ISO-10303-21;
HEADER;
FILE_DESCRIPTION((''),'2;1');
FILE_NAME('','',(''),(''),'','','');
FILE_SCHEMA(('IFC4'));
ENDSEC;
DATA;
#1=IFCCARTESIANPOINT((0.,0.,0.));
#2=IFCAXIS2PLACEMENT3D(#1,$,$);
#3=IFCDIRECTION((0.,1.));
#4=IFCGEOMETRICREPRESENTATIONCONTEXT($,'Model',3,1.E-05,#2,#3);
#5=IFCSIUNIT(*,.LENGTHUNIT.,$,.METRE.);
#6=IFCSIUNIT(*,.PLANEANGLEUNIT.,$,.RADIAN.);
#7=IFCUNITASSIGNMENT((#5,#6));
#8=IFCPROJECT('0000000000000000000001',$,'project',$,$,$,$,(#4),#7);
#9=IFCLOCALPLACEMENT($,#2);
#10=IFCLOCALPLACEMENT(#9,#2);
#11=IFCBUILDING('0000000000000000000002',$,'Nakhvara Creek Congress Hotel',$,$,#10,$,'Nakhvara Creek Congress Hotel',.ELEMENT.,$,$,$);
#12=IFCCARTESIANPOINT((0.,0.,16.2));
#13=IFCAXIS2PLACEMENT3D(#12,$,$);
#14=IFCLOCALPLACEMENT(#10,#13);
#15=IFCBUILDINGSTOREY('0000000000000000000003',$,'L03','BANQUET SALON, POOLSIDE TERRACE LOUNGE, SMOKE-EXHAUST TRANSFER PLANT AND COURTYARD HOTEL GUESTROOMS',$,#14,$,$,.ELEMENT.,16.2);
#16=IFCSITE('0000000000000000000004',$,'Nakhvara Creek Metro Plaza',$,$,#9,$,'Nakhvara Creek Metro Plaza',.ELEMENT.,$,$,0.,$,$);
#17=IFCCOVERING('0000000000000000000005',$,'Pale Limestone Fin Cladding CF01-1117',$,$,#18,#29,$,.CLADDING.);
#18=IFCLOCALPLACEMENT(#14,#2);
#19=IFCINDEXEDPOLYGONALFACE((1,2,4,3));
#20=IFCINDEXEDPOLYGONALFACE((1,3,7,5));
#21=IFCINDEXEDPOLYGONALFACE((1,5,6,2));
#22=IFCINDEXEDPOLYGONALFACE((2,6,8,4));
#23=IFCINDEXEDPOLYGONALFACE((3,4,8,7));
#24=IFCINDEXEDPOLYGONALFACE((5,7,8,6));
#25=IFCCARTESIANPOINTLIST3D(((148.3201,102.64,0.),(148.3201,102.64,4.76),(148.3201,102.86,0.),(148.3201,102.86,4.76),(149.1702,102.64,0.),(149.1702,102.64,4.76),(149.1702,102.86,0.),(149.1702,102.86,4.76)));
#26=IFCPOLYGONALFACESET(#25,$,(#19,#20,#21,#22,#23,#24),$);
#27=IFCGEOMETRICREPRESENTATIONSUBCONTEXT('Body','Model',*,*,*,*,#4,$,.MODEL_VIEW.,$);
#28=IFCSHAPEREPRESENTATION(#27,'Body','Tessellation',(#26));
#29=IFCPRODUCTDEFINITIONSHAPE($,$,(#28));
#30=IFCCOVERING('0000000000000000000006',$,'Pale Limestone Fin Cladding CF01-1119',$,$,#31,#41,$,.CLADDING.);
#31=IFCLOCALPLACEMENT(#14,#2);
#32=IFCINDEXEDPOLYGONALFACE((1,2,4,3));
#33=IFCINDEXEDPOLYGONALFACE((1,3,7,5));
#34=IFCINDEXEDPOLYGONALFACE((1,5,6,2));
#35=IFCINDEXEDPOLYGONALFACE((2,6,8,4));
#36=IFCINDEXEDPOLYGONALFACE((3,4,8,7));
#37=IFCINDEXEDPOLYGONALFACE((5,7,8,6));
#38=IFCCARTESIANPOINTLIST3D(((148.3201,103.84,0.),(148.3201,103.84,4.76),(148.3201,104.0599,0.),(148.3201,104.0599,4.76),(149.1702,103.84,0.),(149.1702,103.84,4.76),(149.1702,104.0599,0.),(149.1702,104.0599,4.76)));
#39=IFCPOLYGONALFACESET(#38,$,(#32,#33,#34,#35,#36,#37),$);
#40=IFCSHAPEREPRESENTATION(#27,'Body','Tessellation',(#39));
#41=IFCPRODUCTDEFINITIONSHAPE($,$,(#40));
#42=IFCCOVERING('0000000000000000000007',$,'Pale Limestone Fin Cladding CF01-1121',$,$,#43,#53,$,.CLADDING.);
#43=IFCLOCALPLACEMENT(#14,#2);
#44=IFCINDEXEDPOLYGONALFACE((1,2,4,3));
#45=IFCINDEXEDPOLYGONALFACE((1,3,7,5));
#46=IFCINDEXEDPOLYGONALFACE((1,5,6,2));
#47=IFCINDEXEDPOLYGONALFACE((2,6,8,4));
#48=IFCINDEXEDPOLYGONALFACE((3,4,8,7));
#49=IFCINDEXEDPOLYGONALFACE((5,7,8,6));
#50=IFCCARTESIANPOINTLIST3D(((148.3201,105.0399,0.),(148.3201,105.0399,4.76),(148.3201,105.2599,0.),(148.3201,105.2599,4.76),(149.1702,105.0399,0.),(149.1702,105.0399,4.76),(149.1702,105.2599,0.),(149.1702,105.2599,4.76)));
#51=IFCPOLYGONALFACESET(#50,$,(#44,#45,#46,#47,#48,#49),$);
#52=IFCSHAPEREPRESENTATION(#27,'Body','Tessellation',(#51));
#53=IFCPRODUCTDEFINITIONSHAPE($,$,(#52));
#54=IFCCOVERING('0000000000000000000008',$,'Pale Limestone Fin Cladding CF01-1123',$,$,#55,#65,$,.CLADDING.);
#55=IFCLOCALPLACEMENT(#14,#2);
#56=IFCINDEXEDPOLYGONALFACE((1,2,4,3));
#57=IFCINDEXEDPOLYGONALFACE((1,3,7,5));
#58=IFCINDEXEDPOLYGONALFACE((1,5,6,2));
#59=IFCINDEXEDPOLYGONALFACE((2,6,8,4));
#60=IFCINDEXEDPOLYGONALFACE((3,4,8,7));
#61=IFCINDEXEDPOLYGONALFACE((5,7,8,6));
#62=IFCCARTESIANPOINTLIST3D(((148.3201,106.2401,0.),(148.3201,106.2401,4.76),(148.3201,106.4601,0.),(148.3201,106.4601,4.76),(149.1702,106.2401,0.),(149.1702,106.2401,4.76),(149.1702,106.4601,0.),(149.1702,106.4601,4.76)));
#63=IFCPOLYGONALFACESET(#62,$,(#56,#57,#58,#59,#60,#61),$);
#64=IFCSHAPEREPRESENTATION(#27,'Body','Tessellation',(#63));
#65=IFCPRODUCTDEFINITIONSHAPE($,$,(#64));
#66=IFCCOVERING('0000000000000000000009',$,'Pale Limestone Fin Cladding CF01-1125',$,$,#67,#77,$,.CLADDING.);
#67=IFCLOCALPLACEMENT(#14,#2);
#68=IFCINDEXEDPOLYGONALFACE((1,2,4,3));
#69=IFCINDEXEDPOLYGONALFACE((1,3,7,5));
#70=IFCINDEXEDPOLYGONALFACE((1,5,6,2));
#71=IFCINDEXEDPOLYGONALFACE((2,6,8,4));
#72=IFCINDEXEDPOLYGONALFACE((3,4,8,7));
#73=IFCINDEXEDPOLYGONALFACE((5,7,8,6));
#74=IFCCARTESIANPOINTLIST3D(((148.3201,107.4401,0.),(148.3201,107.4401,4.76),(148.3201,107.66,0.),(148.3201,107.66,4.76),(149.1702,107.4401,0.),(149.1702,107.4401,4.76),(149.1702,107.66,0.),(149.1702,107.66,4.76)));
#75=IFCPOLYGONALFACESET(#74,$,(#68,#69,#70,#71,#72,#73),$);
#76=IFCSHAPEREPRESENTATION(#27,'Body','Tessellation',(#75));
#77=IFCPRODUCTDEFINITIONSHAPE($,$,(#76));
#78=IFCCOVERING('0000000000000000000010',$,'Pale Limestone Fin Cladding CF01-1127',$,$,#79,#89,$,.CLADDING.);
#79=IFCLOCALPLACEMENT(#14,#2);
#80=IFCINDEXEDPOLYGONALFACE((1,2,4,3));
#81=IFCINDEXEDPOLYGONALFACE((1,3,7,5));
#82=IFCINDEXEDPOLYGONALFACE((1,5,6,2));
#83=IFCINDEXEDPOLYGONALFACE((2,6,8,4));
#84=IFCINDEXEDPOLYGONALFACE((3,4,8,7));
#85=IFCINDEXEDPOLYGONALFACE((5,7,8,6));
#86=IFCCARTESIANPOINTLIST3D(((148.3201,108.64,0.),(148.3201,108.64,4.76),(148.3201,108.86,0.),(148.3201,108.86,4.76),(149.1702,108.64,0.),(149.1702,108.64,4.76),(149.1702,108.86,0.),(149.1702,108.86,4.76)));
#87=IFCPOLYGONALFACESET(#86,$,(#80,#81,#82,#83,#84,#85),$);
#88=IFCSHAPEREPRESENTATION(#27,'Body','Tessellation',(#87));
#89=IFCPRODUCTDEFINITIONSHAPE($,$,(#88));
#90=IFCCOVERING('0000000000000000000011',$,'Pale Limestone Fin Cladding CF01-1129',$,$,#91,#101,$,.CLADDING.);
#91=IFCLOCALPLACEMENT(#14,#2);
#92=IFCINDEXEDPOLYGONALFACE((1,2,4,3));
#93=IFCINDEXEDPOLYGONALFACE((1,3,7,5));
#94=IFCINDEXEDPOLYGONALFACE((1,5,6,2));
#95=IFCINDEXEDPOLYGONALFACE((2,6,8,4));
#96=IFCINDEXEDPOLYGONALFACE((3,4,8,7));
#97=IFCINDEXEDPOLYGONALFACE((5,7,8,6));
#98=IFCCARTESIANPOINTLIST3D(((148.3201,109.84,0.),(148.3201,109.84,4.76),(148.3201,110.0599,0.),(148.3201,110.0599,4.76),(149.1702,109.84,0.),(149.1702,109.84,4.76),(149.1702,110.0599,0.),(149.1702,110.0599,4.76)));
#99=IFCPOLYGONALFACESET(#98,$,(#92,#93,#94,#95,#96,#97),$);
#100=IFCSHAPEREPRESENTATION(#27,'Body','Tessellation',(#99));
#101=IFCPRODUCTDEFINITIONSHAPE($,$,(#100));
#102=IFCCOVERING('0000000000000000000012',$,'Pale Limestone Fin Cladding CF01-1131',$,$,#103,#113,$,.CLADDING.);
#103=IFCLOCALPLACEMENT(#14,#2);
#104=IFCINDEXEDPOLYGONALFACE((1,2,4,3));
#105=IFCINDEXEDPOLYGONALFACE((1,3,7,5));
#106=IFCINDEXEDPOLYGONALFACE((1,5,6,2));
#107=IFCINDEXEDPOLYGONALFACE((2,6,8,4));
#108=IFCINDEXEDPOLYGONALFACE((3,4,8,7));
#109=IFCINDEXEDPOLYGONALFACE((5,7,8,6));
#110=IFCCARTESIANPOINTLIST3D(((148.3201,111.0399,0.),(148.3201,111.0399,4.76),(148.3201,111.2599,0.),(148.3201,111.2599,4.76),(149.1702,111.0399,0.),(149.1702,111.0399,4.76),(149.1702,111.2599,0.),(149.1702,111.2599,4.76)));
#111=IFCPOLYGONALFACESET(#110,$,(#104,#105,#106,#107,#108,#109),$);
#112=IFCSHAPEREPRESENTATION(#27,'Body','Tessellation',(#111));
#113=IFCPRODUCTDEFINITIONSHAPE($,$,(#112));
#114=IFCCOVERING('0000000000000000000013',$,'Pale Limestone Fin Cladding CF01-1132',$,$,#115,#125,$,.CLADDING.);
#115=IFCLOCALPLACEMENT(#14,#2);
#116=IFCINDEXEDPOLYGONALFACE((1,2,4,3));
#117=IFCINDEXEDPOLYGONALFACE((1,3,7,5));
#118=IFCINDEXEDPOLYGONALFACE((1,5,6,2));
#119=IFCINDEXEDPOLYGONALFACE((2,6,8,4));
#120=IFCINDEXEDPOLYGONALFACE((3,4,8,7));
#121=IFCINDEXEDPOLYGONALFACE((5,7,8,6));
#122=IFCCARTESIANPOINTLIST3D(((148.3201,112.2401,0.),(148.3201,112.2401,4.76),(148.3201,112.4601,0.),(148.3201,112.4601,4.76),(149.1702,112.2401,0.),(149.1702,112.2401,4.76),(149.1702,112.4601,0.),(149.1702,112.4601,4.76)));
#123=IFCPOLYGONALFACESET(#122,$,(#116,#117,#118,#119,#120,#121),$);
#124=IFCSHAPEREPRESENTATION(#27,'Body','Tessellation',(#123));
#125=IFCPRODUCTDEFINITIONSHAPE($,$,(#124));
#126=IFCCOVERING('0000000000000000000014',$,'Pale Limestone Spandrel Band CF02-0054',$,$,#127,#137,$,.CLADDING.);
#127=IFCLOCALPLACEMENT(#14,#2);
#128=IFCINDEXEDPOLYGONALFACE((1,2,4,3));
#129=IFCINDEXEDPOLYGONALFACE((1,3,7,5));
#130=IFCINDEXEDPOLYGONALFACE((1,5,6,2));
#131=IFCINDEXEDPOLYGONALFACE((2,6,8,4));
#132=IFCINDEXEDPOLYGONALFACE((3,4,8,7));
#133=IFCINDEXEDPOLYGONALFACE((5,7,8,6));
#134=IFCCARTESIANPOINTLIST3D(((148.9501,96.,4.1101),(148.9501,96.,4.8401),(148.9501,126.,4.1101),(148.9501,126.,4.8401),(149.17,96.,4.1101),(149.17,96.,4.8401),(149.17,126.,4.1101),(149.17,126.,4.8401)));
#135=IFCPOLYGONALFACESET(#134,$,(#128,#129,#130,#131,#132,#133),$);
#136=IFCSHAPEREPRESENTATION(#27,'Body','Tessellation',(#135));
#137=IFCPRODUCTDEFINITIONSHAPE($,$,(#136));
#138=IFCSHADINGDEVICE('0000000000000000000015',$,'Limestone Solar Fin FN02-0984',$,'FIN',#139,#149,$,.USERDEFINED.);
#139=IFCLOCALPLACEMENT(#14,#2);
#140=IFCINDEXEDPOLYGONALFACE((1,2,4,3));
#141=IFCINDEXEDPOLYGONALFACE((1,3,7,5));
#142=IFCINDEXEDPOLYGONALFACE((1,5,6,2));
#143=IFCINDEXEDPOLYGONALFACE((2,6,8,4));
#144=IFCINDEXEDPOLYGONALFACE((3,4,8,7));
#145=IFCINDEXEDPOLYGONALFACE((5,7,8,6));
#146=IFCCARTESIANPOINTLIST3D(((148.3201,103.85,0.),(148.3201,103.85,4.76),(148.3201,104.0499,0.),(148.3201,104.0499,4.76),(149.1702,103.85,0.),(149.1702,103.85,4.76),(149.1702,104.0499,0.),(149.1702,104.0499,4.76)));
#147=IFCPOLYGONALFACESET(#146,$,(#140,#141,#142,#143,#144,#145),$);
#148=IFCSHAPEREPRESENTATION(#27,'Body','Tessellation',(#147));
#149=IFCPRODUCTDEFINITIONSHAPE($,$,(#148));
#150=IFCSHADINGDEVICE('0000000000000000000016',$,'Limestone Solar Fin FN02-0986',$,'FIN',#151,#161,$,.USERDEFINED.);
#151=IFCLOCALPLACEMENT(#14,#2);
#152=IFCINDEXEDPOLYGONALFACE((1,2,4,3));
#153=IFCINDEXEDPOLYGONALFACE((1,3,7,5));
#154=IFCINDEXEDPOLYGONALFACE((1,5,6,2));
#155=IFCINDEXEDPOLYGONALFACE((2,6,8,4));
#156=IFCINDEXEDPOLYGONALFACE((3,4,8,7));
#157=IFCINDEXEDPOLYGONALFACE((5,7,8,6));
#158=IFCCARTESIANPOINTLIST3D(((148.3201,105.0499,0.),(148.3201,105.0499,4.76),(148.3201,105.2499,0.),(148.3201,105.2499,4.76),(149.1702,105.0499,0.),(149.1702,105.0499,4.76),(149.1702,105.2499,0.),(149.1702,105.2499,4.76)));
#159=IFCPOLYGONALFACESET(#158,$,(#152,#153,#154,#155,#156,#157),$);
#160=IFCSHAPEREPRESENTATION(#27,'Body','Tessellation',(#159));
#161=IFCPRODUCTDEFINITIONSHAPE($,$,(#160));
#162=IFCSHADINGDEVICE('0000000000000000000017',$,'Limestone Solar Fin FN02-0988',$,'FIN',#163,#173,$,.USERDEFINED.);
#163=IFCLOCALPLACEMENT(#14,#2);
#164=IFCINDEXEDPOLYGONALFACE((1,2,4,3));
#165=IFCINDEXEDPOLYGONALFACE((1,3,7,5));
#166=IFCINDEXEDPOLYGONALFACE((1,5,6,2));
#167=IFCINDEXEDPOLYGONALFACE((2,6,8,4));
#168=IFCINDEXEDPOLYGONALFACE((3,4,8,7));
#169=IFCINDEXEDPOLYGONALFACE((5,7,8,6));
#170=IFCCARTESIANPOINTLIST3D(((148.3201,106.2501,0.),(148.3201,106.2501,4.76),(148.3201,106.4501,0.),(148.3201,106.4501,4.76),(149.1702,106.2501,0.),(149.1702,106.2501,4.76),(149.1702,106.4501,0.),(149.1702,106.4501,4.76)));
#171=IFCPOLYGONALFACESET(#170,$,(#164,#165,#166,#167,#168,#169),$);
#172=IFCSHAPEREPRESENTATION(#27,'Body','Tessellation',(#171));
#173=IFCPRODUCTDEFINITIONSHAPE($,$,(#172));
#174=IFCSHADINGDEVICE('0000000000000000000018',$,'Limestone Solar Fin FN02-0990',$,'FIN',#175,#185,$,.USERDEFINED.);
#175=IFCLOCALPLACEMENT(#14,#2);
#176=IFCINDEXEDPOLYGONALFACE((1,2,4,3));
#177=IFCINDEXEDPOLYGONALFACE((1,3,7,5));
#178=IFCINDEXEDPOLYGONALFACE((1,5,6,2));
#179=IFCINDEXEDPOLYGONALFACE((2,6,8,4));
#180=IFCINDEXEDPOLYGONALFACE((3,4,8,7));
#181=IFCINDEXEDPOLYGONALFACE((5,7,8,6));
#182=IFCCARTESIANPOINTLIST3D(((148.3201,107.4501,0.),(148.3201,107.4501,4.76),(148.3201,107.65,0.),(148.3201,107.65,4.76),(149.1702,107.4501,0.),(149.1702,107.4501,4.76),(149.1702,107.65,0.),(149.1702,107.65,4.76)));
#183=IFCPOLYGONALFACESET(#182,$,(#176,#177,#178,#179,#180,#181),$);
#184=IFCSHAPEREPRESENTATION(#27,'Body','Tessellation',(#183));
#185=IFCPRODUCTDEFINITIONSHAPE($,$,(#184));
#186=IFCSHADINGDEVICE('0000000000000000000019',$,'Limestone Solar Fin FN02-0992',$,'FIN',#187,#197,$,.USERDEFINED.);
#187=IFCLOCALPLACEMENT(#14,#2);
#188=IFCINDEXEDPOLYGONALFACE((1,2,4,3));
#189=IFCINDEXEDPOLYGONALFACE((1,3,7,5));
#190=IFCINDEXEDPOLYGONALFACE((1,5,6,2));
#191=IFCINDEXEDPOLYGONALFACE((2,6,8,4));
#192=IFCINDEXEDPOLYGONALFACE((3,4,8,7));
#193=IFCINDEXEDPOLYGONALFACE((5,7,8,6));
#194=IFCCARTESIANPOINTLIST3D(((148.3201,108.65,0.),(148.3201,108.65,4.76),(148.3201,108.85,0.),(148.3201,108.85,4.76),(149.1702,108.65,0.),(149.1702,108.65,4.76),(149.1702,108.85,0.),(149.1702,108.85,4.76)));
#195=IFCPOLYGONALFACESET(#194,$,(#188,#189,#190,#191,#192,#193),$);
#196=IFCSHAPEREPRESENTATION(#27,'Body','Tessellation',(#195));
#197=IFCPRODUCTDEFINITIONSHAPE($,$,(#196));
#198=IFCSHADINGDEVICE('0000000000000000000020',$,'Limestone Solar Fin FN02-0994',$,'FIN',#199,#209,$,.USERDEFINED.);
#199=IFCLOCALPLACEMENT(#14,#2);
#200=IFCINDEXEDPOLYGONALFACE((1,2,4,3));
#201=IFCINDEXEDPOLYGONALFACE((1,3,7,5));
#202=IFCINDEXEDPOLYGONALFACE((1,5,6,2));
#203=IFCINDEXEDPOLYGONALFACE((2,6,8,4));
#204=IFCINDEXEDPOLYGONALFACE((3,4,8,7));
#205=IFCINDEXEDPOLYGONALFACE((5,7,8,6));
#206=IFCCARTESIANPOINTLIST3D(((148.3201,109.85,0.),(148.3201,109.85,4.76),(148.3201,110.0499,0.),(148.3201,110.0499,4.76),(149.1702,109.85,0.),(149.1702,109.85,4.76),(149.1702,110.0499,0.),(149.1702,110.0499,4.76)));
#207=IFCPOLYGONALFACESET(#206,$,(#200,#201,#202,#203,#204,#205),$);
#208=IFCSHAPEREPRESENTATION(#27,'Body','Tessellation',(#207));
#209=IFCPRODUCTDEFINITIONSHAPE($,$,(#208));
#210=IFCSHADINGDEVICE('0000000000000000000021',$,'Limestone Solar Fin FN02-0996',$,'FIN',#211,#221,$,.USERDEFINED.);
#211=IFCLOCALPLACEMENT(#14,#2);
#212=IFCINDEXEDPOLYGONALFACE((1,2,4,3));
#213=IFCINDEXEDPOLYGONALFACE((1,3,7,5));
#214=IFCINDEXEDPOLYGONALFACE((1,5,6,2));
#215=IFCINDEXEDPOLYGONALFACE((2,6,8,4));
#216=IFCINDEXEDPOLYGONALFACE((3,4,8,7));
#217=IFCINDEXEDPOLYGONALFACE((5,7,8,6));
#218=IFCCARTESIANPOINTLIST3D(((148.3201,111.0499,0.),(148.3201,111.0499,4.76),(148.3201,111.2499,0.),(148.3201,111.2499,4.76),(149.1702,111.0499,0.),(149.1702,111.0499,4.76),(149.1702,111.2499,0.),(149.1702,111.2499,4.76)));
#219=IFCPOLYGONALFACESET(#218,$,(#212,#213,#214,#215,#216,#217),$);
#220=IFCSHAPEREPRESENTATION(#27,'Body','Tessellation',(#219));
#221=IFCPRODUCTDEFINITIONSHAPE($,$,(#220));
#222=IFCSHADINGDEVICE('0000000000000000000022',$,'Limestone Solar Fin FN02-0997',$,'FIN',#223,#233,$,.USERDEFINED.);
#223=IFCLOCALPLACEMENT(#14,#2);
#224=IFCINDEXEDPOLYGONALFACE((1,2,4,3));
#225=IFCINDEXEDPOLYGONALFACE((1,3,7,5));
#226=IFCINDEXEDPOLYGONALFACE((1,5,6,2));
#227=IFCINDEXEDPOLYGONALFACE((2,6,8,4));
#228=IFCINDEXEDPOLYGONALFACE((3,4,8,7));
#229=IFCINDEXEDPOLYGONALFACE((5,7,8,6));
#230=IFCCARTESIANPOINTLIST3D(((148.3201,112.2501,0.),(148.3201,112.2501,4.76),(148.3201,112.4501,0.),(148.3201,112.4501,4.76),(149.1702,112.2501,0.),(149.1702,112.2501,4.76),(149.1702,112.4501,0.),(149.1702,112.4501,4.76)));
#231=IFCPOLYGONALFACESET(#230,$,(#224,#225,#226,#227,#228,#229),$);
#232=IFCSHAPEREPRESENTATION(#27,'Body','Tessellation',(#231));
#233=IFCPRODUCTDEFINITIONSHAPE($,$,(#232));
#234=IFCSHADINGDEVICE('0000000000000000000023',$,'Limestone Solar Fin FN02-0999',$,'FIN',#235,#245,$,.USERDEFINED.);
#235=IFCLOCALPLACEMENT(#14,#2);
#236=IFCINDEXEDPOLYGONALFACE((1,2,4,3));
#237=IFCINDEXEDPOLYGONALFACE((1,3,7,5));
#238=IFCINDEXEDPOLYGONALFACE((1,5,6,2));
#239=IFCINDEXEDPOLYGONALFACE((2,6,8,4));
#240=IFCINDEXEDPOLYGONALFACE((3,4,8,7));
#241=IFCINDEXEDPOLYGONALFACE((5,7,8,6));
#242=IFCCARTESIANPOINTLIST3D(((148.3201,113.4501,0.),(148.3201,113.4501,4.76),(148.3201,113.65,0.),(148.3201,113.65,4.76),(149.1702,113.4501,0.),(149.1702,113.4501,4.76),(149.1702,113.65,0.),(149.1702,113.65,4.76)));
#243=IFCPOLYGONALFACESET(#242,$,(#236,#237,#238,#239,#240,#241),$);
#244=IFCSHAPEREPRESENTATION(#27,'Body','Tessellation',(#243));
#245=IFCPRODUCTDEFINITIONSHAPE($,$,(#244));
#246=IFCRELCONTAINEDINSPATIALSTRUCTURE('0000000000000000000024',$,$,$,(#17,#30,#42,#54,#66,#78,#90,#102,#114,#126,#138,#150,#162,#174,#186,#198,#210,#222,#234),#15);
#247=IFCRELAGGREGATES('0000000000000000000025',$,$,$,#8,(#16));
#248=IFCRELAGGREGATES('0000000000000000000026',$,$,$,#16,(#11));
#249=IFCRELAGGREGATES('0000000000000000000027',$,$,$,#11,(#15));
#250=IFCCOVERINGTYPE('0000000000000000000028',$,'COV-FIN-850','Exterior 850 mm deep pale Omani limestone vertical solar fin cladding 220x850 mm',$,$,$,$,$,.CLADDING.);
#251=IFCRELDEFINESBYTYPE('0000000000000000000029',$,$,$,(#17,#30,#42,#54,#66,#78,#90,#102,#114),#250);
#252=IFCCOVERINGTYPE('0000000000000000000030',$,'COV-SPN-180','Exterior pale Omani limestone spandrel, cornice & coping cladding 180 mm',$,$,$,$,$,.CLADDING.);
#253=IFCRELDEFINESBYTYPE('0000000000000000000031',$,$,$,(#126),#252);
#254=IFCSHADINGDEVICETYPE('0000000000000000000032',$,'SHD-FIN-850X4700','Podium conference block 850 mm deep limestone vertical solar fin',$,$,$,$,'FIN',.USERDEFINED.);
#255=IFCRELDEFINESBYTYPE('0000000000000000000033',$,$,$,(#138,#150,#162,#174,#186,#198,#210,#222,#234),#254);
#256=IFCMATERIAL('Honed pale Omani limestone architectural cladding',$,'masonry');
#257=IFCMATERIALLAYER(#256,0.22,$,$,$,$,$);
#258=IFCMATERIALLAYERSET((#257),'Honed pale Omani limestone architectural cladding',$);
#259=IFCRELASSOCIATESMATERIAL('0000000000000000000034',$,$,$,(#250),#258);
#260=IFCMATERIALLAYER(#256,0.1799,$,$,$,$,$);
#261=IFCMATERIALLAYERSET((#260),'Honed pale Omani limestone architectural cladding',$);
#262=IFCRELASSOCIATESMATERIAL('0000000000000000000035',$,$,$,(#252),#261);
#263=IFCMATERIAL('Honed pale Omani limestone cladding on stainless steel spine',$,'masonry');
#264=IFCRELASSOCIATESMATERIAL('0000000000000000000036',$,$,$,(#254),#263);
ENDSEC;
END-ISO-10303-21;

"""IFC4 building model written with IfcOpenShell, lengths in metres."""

from ifc_helpers import new_model, si_unit, direction, frame, origin, origin_2d, place, context, subcontext, project, spatial, rectangle, extrude, material, layer, layer_set, type_object, element, save


model = new_model("IFC4")

# Units and contexts
model_context = context("Model", 3, precision=1e-05, world=origin(), true_north=direction((0.0, 1.0)))
body_context = subcontext(model_context, "Body", "Model", "MODEL_VIEW")
ifc_project = project(units=[si_unit("LENGTHUNIT", "METRE"), si_unit("PLANEANGLEUNIT", "RADIAN")], contexts=[model_context])

# Site, building, storey
site_placement = place(None, origin())
site = spatial("IfcSite", under=ifc_project, at=site_placement, Name="Nakhvara Creek Metro Plaza", LongName="Nakhvara Creek Metro Plaza", CompositionType="ELEMENT", RefElevation=0.0)
building_placement = place(site_placement, origin())
building = spatial("IfcBuilding", under=site, at=building_placement, Name="Nakhvara Creek Congress Hotel", LongName="Nakhvara Creek Congress Hotel", CompositionType="ELEMENT")
storey_placement = place(building_placement, frame((0.0, 0.0, 16.2)))
storey = spatial("IfcBuildingStorey", under=building, at=storey_placement, Name="L03", Description="BANQUET SALON, POOLSIDE TERRACE LOUNGE, SMOKE-EXHAUST TRANSFER PLANT AND COURTYARD HOTEL GUESTROOMS", CompositionType="ELEMENT", Elevation=16.2)

# Coverings
ifc_material_1 = material(Name="Honed pale Omani limestone architectural cladding", Category="masonry")
ifc_layer_1 = layer(ifc_material_1, 0.22)
ifc_layer_set_1 = layer_set([ifc_layer_1], Name="Honed pale Omani limestone architectural cladding")
covering_type_1 = type_object("IfcCoveringType", Name="COV-FIN-850", Description="Exterior 850 mm deep pale Omani limestone vertical solar fin cladding 220x850 mm", PredefinedType="CLADDING", material=ifc_layer_set_1)
for number, where, z_axis, x_axis, name in (
    (1, (148.7451, 102.75, 0.0), (0.0, 0.0, 1.0), (0.0, 1.0, 0.0), "Pale Limestone Fin Cladding CF01-1117"),
    (2, (148.7451, 103.95, 0.0), (0.0, 0.0, 1.0), (0.0, 1.0, 0.0), "Pale Limestone Fin Cladding CF01-1119"),
    (3, (148.7451, 105.1499, 0.0), (0.0, 0.0, 1.0), (0.0, 1.0, 0.0), "Pale Limestone Fin Cladding CF01-1121"),
    (4, (148.7451, 106.3501, 0.0), (0.0, 0.0, 1.0), (0.0, 1.0, 0.0), "Pale Limestone Fin Cladding CF01-1123"),
    (5, (148.7451, 107.55, 0.0), (0.0, 0.0, 1.0), (0.0, 1.0, 0.0), "Pale Limestone Fin Cladding CF01-1125"),
    (6, (148.7451, 108.75, 0.0), (0.0, 0.0, 1.0), (0.0, 1.0, 0.0), "Pale Limestone Fin Cladding CF01-1127"),
    (7, (148.7451, 109.95, 0.0), (0.0, 0.0, 1.0), (0.0, 1.0, 0.0), "Pale Limestone Fin Cladding CF01-1129"),
    (8, (148.7451, 111.1499, 0.0), (0.0, 0.0, 1.0), (0.0, 1.0, 0.0), "Pale Limestone Fin Cladding CF01-1131"),
    (9, (148.7451, 112.3501, 0.0), (0.0, 0.0, 1.0), (0.0, 1.0, 0.0), "Pale Limestone Fin Cladding CF01-1132"),
):
    element("IfcCovering", number, at=place(storey_placement, frame(where, z_axis=z_axis, x_axis=x_axis)), inside=storey, type_object=covering_type_1, Name=name, PredefinedType="CLADDING", context=body_context, shape_type="SweptSolid", body=[
        extrude(rectangle(XDim=0.22, YDim=0.8501, at=origin_2d()), origin(), (0.0, 0.0, 1.0), 4.76),
    ])
ifc_layer_2 = layer(ifc_material_1, 0.1799)
ifc_layer_set_2 = layer_set([ifc_layer_2], Name="Honed pale Omani limestone architectural cladding")
covering_type_2 = type_object("IfcCoveringType", Name="COV-SPN-180", Description="Exterior pale Omani limestone spandrel, cornice & coping cladding 180 mm", PredefinedType="CLADDING", material=ifc_layer_set_2)
covering_placement = place(storey_placement, frame((149.0601, 111.0, 4.1101), z_axis=(0.0, 0.0, 1.0), x_axis=(0.0, 1.0, 0.0)))
element("IfcCovering", 10, at=covering_placement, inside=storey, type_object=covering_type_2, Name="Pale Limestone Spandrel Band CF02-0054", PredefinedType="CLADDING", context=body_context, shape_type="SweptSolid", body=[
    extrude(rectangle(XDim=30.0, YDim=0.22, at=origin_2d()), origin(), (0.0, 0.0, 1.0), 0.73),
])

# Shading devices
ifc_material_2 = material(Name="Honed pale Omani limestone cladding on stainless steel spine", Category="masonry")
shading_device_type = type_object("IfcShadingDeviceType", Name="SHD-FIN-850X4700", Description="Podium conference block 850 mm deep limestone vertical solar fin", ElementType="FIN", PredefinedType="USERDEFINED", material=ifc_material_2)
for number, where, z_axis, x_axis, name in (
    (11, (148.7451, 103.95, 0.0), (0.0, 0.0, 1.0), (0.0, 1.0, 0.0), "Limestone Solar Fin FN02-0984"),
    (12, (148.7451, 105.1499, 0.0), (0.0, 0.0, 1.0), (0.0, 1.0, 0.0), "Limestone Solar Fin FN02-0986"),
    (13, (148.7451, 106.3501, 0.0), (0.0, 0.0, 1.0), (0.0, 1.0, 0.0), "Limestone Solar Fin FN02-0988"),
    (14, (148.7451, 107.55, 0.0), (0.0, 0.0, 1.0), (0.0, 1.0, 0.0), "Limestone Solar Fin FN02-0990"),
    (15, (148.7451, 108.75, 0.0), (0.0, 0.0, 1.0), (0.0, 1.0, 0.0), "Limestone Solar Fin FN02-0992"),
    (16, (148.7451, 109.95, 0.0), (0.0, 0.0, 1.0), (0.0, 1.0, 0.0), "Limestone Solar Fin FN02-0994"),
    (17, (148.7451, 111.1499, 0.0), (0.0, 0.0, 1.0), (0.0, 1.0, 0.0), "Limestone Solar Fin FN02-0996"),
    (18, (148.7451, 112.3501, 0.0), (0.0, 0.0, 1.0), (0.0, 1.0, 0.0), "Limestone Solar Fin FN02-0997"),
    (19, (148.7451, 113.55, 0.0), (0.0, 0.0, 1.0), (0.0, 1.0, 0.0), "Limestone Solar Fin FN02-0999"),
):
    element("IfcShadingDevice", number, at=place(storey_placement, frame(where, z_axis=z_axis, x_axis=x_axis)), inside=storey, type_object=shading_device_type, Name=name, ObjectType="FIN", PredefinedType="USERDEFINED", context=body_context, shape_type="SweptSolid", body=[
        extrude(rectangle(XDim=0.2, YDim=0.8501, at=origin_2d()), origin(), (0.0, 0.0, 1.0), 4.76),
    ])

save(model, "model.ifc")
